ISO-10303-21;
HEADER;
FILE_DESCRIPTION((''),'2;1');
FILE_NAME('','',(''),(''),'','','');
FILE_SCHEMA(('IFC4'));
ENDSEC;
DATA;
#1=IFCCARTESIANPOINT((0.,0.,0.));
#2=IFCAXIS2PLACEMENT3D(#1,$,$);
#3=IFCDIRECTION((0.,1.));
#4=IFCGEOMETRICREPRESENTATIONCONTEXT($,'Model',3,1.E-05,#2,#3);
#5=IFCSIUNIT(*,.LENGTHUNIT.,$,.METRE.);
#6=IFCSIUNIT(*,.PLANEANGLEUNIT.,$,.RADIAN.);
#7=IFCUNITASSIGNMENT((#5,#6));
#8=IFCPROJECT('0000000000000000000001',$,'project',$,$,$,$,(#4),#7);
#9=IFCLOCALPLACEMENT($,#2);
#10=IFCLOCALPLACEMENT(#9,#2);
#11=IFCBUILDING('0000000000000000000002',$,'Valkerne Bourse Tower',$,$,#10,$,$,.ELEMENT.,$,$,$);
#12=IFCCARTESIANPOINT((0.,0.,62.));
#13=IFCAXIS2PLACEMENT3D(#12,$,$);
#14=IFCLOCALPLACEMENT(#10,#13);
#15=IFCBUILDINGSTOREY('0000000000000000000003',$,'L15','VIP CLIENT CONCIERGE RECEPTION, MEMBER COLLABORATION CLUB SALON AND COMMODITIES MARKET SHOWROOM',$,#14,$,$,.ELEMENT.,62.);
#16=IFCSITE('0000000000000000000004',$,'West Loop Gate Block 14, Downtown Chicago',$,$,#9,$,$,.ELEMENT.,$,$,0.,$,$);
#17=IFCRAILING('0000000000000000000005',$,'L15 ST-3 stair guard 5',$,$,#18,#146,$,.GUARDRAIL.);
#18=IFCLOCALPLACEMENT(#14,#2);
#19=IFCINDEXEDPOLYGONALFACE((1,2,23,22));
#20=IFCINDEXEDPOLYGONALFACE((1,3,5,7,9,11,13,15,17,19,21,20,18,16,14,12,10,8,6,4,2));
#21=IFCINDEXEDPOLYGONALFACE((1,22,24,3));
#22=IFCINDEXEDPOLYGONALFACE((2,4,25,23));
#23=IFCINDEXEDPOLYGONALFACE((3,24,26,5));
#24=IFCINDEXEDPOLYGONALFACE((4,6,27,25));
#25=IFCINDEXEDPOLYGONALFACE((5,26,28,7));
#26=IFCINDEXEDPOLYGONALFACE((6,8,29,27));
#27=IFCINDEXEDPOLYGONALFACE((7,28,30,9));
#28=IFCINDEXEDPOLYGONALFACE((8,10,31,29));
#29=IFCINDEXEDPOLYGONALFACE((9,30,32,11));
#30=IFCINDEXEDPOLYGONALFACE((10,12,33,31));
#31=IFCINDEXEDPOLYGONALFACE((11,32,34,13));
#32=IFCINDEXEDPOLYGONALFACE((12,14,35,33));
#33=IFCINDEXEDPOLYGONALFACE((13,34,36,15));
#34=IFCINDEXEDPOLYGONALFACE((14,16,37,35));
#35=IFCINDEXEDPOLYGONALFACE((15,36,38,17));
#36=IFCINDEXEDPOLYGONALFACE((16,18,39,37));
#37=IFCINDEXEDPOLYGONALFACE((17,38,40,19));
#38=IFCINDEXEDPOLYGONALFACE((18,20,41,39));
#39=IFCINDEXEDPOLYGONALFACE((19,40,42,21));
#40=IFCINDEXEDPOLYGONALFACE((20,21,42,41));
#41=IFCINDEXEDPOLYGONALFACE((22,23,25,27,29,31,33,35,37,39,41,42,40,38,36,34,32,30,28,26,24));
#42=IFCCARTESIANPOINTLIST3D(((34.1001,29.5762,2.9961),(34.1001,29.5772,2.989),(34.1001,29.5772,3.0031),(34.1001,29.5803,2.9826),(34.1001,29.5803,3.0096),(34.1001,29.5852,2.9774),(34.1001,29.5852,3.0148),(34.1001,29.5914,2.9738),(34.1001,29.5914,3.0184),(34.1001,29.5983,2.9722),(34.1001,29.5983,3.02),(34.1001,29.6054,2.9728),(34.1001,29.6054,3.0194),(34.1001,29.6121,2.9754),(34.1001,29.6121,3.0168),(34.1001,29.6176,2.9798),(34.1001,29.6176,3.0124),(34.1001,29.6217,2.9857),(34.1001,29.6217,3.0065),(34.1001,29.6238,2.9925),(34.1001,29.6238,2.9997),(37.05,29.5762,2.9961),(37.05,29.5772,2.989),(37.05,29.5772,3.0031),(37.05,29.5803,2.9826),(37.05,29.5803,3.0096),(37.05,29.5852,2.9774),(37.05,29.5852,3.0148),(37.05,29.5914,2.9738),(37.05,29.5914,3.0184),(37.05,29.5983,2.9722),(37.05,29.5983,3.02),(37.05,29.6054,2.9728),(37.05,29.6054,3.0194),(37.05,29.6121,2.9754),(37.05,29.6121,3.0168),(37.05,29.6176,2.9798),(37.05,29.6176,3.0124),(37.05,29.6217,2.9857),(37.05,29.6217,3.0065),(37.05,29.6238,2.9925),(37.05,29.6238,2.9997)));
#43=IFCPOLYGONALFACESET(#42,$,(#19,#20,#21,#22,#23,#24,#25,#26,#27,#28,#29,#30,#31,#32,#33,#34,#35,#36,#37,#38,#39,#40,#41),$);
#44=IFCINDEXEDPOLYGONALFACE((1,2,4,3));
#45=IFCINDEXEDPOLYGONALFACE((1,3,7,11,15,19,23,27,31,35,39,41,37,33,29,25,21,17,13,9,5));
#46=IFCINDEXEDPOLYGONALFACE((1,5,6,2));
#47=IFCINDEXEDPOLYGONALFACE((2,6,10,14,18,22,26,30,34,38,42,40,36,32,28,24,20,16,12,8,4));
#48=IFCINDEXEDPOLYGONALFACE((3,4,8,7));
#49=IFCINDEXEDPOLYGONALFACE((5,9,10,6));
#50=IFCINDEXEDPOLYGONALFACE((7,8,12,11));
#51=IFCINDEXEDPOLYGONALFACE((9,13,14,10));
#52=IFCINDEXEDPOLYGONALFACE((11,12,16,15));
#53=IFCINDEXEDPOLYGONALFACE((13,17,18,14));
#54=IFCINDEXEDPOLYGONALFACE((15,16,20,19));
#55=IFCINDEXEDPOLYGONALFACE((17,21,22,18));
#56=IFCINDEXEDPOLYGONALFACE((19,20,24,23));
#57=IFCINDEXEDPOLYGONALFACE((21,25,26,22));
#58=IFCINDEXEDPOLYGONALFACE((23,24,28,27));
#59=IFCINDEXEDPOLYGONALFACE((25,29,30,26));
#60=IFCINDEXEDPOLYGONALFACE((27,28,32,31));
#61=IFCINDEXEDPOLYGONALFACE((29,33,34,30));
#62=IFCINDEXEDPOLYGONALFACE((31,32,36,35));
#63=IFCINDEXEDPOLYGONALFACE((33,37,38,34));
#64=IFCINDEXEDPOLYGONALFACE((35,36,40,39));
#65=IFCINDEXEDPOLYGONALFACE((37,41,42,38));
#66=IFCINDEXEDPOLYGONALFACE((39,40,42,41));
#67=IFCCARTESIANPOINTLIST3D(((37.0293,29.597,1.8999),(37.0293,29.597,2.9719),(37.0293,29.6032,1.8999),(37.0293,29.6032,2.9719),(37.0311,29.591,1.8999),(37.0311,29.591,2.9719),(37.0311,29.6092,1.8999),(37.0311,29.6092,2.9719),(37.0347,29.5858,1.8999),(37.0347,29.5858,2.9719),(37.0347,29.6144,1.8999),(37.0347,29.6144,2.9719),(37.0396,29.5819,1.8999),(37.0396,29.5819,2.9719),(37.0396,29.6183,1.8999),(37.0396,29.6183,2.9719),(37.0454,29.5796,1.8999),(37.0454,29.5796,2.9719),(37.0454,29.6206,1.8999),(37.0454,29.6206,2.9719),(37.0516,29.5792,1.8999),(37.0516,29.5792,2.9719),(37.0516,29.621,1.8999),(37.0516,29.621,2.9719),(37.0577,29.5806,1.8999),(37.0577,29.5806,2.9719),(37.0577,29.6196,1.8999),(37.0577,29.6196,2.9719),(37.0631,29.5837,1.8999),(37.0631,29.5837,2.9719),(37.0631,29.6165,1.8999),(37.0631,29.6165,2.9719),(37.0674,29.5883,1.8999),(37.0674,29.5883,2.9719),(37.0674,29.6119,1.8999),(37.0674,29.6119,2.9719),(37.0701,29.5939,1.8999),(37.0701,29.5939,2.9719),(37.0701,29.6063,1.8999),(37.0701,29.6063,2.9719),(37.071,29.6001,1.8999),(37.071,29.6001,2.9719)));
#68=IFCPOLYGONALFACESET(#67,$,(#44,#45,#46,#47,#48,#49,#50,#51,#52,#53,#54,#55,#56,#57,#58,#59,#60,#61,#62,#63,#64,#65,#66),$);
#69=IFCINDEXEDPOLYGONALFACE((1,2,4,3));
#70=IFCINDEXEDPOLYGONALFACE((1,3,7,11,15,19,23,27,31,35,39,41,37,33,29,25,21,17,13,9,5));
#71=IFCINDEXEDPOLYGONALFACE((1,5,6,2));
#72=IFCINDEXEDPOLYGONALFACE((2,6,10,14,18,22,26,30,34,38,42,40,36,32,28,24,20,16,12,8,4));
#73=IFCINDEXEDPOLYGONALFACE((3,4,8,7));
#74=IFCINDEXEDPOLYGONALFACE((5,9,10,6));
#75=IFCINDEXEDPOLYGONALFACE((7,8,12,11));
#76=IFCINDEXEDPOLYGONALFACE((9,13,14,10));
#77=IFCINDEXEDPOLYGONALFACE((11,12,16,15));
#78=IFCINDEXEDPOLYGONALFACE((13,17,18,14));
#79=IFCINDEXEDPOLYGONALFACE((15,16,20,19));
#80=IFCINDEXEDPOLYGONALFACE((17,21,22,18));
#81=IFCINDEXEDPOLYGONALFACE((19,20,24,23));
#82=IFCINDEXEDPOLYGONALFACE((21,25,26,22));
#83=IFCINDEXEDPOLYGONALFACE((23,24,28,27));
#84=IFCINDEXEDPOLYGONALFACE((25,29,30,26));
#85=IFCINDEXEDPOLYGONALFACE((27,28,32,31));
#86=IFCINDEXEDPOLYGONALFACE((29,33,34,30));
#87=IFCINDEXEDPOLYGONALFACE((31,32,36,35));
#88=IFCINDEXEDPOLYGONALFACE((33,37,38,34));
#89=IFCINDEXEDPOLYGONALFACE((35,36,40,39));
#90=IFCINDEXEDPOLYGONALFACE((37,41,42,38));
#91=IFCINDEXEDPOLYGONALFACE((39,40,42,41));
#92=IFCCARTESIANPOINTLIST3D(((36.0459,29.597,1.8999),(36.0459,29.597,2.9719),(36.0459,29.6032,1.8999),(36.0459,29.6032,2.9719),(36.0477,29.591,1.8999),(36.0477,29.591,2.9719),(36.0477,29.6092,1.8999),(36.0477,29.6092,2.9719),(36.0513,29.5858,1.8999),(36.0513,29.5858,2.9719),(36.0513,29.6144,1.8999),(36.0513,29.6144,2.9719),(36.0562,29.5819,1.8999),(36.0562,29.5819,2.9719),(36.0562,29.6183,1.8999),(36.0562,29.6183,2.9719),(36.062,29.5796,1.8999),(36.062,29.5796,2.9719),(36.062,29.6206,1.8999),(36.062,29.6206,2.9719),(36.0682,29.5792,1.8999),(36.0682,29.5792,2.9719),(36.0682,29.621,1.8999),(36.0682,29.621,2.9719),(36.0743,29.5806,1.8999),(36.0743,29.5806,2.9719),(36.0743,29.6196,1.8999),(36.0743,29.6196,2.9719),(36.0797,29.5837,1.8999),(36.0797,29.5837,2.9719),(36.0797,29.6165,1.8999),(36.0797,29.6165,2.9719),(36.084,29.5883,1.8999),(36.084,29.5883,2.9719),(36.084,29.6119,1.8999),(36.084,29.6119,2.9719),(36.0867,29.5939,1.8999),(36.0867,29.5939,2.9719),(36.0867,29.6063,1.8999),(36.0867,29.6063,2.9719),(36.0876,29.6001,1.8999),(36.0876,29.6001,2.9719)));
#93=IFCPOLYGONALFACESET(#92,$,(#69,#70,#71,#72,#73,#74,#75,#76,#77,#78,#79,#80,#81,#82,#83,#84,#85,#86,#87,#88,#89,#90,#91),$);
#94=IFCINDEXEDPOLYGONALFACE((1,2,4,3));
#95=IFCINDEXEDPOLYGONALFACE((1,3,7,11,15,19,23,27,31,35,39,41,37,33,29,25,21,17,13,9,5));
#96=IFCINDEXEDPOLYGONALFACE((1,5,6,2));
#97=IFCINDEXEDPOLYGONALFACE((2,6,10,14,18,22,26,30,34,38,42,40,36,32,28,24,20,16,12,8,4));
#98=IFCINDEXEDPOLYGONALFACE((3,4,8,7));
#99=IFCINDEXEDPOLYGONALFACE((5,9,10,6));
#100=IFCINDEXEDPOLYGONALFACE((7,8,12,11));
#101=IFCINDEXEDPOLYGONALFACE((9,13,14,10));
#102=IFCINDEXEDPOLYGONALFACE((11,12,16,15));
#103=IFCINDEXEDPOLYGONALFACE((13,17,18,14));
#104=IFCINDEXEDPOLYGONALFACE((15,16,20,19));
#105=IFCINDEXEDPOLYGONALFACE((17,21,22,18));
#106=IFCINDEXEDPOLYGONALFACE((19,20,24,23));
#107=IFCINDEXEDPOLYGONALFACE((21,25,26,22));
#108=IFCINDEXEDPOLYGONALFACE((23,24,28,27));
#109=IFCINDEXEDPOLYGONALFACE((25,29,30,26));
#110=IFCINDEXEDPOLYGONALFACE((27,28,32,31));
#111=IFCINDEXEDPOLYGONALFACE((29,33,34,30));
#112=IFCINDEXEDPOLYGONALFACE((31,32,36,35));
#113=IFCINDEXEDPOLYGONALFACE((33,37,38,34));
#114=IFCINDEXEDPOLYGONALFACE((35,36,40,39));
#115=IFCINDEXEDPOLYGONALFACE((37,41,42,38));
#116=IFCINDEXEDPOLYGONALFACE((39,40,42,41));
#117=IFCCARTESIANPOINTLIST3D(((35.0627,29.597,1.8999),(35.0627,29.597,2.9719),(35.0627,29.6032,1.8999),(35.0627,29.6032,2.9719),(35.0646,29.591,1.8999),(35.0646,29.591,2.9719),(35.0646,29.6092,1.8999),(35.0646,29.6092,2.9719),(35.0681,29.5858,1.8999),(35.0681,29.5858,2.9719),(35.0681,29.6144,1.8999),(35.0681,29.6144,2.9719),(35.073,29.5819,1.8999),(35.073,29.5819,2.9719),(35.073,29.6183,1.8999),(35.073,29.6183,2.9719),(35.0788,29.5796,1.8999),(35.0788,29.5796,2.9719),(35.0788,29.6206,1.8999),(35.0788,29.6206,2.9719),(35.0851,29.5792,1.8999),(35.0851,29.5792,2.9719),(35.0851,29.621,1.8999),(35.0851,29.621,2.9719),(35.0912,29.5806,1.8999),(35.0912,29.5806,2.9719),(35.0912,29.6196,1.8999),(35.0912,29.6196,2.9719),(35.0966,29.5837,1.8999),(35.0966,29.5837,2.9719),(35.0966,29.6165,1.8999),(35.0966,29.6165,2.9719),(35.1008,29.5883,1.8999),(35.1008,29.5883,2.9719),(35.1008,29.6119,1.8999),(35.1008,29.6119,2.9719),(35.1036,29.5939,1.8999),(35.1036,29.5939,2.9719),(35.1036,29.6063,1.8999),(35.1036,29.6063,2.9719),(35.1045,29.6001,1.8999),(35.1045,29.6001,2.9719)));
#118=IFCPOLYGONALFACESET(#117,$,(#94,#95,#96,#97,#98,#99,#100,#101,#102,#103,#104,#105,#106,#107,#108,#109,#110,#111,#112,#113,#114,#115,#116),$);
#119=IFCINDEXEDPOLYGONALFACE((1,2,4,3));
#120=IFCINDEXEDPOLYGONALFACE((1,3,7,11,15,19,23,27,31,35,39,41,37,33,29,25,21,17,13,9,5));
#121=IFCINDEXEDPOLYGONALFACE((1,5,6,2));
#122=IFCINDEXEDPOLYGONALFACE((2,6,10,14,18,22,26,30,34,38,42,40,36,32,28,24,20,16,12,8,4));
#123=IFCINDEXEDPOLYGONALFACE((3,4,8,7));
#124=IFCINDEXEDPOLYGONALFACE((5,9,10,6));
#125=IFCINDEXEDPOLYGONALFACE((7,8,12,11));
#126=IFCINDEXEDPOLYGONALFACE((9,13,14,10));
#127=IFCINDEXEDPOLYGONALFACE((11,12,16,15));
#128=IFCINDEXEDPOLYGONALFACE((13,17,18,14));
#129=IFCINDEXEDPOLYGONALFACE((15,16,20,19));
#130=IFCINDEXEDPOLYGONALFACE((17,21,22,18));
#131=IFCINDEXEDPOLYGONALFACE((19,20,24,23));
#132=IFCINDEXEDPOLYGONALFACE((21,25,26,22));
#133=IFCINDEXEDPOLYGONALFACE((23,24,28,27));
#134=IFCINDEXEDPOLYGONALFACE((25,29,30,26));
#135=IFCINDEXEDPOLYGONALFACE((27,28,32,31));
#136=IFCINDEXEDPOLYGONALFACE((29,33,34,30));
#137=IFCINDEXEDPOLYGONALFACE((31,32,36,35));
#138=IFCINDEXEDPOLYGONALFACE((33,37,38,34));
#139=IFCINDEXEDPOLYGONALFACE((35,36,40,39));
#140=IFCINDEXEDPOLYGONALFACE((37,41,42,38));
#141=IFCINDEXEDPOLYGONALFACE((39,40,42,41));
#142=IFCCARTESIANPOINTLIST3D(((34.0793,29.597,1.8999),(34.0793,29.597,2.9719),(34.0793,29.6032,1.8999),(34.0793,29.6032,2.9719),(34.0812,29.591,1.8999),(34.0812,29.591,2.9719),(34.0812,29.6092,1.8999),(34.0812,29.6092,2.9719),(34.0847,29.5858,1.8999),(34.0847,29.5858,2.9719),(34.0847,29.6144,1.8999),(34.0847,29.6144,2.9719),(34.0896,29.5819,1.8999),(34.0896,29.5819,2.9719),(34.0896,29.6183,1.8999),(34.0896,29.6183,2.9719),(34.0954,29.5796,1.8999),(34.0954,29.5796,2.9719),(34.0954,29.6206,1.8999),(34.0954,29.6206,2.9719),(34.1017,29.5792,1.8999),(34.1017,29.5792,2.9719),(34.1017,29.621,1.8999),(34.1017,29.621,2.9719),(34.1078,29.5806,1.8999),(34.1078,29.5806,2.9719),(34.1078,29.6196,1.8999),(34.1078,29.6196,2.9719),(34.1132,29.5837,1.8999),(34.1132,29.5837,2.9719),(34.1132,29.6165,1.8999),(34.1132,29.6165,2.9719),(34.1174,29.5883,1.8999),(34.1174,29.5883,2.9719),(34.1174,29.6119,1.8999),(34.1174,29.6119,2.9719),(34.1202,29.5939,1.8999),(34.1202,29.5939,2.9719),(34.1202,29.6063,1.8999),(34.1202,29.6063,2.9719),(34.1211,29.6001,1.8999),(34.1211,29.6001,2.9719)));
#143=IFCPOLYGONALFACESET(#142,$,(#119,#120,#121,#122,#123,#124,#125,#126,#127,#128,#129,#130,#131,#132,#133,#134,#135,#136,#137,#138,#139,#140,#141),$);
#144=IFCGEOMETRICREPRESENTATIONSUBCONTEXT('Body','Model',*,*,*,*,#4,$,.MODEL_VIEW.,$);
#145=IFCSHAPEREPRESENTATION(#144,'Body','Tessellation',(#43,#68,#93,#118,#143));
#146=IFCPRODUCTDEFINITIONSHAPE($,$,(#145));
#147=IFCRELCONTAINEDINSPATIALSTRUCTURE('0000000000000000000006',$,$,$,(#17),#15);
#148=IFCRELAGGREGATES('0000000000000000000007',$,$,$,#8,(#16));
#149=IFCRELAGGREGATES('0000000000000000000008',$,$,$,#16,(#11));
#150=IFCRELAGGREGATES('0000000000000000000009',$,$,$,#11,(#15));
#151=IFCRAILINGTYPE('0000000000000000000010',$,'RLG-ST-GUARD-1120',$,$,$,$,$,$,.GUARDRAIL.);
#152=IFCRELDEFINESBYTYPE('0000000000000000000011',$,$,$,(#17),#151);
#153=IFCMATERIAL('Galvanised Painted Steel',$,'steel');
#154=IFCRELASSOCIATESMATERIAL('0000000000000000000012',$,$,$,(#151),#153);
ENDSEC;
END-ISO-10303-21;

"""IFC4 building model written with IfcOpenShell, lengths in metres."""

from ifc_helpers import new_model, si_unit, direction, frame, origin, origin_2d, place, context, subcontext, project, spatial, circle, extrude, material, type_object, element, save


model = new_model("IFC4")

# Units and contexts
model_context = context("Model", 3, precision=1e-05, world=origin(), true_north=direction((0.0, 1.0)))
body_context = subcontext(model_context, "Body", "Model", "MODEL_VIEW")
ifc_project = project(units=[si_unit("LENGTHUNIT", "METRE"), si_unit("PLANEANGLEUNIT", "RADIAN")], contexts=[model_context])

# Site, building, storey
site_placement = place(None, origin())
site = spatial("IfcSite", under=ifc_project, at=site_placement, Name="West Loop Gate Block 14, Downtown Chicago", CompositionType="ELEMENT", RefElevation=0.0)
building_placement = place(site_placement, origin())
building = spatial("IfcBuilding", under=site, at=building_placement, Name="Valkerne Bourse Tower", CompositionType="ELEMENT")
storey_placement = place(building_placement, frame((0.0, 0.0, 62.0)))
storey = spatial("IfcBuildingStorey", under=building, at=storey_placement, Name="L15", Description="VIP CLIENT CONCIERGE RECEPTION, MEMBER COLLABORATION CLUB SALON AND COMMODITIES MARKET SHOWROOM", CompositionType="ELEMENT", Elevation=62.0)

# Shared definitions
ifc_material_1 = material(Name="Galvanised Painted Steel", Category="steel")

# Railing
railing_type_1 = type_object("IfcRailingType", Name="RLG-ST-GUARD-1120", PredefinedType="GUARDRAIL", material=ifc_material_1)
railing_1_placement = place(storey_placement, frame((37.05, 29.6001, 1.8999)))
element("IfcRailing", 1, at=railing_1_placement, inside=storey, type_object=railing_type_1, Name="L15 ST-3 stair guard 5", PredefinedType="GUARDRAIL", context=body_context, shape_type="SweptSolid", body=[
    extrude(circle(Radius=0.0239, at=origin_2d()), frame((0.0, 0.0, 1.0962), z_axis=(-1.0, 0.0, 0.0), x_axis=(0.0, -1.0, 0.0)), (0.0, 0.0, 1.0), 2.95),
    extrude(circle(Radius=0.021, at=origin_2d()), origin(), (0.0, 0.0, 1.0), 1.072),
    extrude(circle(Radius=0.021, at=origin_2d()), frame((-0.9834, 0.0, 0.0)), (0.0, 0.0, 1.0), 1.072),
    extrude(circle(Radius=0.021, at=origin_2d()), frame((-1.9666, 0.0, 0.0)), (0.0, 0.0, 1.0), 1.072),
    extrude(circle(Radius=0.021, at=origin_2d()), frame((-2.95, 0.0, 0.0)), (0.0, 0.0, 1.0), 1.072),
])

save(model, "model.ifc")
